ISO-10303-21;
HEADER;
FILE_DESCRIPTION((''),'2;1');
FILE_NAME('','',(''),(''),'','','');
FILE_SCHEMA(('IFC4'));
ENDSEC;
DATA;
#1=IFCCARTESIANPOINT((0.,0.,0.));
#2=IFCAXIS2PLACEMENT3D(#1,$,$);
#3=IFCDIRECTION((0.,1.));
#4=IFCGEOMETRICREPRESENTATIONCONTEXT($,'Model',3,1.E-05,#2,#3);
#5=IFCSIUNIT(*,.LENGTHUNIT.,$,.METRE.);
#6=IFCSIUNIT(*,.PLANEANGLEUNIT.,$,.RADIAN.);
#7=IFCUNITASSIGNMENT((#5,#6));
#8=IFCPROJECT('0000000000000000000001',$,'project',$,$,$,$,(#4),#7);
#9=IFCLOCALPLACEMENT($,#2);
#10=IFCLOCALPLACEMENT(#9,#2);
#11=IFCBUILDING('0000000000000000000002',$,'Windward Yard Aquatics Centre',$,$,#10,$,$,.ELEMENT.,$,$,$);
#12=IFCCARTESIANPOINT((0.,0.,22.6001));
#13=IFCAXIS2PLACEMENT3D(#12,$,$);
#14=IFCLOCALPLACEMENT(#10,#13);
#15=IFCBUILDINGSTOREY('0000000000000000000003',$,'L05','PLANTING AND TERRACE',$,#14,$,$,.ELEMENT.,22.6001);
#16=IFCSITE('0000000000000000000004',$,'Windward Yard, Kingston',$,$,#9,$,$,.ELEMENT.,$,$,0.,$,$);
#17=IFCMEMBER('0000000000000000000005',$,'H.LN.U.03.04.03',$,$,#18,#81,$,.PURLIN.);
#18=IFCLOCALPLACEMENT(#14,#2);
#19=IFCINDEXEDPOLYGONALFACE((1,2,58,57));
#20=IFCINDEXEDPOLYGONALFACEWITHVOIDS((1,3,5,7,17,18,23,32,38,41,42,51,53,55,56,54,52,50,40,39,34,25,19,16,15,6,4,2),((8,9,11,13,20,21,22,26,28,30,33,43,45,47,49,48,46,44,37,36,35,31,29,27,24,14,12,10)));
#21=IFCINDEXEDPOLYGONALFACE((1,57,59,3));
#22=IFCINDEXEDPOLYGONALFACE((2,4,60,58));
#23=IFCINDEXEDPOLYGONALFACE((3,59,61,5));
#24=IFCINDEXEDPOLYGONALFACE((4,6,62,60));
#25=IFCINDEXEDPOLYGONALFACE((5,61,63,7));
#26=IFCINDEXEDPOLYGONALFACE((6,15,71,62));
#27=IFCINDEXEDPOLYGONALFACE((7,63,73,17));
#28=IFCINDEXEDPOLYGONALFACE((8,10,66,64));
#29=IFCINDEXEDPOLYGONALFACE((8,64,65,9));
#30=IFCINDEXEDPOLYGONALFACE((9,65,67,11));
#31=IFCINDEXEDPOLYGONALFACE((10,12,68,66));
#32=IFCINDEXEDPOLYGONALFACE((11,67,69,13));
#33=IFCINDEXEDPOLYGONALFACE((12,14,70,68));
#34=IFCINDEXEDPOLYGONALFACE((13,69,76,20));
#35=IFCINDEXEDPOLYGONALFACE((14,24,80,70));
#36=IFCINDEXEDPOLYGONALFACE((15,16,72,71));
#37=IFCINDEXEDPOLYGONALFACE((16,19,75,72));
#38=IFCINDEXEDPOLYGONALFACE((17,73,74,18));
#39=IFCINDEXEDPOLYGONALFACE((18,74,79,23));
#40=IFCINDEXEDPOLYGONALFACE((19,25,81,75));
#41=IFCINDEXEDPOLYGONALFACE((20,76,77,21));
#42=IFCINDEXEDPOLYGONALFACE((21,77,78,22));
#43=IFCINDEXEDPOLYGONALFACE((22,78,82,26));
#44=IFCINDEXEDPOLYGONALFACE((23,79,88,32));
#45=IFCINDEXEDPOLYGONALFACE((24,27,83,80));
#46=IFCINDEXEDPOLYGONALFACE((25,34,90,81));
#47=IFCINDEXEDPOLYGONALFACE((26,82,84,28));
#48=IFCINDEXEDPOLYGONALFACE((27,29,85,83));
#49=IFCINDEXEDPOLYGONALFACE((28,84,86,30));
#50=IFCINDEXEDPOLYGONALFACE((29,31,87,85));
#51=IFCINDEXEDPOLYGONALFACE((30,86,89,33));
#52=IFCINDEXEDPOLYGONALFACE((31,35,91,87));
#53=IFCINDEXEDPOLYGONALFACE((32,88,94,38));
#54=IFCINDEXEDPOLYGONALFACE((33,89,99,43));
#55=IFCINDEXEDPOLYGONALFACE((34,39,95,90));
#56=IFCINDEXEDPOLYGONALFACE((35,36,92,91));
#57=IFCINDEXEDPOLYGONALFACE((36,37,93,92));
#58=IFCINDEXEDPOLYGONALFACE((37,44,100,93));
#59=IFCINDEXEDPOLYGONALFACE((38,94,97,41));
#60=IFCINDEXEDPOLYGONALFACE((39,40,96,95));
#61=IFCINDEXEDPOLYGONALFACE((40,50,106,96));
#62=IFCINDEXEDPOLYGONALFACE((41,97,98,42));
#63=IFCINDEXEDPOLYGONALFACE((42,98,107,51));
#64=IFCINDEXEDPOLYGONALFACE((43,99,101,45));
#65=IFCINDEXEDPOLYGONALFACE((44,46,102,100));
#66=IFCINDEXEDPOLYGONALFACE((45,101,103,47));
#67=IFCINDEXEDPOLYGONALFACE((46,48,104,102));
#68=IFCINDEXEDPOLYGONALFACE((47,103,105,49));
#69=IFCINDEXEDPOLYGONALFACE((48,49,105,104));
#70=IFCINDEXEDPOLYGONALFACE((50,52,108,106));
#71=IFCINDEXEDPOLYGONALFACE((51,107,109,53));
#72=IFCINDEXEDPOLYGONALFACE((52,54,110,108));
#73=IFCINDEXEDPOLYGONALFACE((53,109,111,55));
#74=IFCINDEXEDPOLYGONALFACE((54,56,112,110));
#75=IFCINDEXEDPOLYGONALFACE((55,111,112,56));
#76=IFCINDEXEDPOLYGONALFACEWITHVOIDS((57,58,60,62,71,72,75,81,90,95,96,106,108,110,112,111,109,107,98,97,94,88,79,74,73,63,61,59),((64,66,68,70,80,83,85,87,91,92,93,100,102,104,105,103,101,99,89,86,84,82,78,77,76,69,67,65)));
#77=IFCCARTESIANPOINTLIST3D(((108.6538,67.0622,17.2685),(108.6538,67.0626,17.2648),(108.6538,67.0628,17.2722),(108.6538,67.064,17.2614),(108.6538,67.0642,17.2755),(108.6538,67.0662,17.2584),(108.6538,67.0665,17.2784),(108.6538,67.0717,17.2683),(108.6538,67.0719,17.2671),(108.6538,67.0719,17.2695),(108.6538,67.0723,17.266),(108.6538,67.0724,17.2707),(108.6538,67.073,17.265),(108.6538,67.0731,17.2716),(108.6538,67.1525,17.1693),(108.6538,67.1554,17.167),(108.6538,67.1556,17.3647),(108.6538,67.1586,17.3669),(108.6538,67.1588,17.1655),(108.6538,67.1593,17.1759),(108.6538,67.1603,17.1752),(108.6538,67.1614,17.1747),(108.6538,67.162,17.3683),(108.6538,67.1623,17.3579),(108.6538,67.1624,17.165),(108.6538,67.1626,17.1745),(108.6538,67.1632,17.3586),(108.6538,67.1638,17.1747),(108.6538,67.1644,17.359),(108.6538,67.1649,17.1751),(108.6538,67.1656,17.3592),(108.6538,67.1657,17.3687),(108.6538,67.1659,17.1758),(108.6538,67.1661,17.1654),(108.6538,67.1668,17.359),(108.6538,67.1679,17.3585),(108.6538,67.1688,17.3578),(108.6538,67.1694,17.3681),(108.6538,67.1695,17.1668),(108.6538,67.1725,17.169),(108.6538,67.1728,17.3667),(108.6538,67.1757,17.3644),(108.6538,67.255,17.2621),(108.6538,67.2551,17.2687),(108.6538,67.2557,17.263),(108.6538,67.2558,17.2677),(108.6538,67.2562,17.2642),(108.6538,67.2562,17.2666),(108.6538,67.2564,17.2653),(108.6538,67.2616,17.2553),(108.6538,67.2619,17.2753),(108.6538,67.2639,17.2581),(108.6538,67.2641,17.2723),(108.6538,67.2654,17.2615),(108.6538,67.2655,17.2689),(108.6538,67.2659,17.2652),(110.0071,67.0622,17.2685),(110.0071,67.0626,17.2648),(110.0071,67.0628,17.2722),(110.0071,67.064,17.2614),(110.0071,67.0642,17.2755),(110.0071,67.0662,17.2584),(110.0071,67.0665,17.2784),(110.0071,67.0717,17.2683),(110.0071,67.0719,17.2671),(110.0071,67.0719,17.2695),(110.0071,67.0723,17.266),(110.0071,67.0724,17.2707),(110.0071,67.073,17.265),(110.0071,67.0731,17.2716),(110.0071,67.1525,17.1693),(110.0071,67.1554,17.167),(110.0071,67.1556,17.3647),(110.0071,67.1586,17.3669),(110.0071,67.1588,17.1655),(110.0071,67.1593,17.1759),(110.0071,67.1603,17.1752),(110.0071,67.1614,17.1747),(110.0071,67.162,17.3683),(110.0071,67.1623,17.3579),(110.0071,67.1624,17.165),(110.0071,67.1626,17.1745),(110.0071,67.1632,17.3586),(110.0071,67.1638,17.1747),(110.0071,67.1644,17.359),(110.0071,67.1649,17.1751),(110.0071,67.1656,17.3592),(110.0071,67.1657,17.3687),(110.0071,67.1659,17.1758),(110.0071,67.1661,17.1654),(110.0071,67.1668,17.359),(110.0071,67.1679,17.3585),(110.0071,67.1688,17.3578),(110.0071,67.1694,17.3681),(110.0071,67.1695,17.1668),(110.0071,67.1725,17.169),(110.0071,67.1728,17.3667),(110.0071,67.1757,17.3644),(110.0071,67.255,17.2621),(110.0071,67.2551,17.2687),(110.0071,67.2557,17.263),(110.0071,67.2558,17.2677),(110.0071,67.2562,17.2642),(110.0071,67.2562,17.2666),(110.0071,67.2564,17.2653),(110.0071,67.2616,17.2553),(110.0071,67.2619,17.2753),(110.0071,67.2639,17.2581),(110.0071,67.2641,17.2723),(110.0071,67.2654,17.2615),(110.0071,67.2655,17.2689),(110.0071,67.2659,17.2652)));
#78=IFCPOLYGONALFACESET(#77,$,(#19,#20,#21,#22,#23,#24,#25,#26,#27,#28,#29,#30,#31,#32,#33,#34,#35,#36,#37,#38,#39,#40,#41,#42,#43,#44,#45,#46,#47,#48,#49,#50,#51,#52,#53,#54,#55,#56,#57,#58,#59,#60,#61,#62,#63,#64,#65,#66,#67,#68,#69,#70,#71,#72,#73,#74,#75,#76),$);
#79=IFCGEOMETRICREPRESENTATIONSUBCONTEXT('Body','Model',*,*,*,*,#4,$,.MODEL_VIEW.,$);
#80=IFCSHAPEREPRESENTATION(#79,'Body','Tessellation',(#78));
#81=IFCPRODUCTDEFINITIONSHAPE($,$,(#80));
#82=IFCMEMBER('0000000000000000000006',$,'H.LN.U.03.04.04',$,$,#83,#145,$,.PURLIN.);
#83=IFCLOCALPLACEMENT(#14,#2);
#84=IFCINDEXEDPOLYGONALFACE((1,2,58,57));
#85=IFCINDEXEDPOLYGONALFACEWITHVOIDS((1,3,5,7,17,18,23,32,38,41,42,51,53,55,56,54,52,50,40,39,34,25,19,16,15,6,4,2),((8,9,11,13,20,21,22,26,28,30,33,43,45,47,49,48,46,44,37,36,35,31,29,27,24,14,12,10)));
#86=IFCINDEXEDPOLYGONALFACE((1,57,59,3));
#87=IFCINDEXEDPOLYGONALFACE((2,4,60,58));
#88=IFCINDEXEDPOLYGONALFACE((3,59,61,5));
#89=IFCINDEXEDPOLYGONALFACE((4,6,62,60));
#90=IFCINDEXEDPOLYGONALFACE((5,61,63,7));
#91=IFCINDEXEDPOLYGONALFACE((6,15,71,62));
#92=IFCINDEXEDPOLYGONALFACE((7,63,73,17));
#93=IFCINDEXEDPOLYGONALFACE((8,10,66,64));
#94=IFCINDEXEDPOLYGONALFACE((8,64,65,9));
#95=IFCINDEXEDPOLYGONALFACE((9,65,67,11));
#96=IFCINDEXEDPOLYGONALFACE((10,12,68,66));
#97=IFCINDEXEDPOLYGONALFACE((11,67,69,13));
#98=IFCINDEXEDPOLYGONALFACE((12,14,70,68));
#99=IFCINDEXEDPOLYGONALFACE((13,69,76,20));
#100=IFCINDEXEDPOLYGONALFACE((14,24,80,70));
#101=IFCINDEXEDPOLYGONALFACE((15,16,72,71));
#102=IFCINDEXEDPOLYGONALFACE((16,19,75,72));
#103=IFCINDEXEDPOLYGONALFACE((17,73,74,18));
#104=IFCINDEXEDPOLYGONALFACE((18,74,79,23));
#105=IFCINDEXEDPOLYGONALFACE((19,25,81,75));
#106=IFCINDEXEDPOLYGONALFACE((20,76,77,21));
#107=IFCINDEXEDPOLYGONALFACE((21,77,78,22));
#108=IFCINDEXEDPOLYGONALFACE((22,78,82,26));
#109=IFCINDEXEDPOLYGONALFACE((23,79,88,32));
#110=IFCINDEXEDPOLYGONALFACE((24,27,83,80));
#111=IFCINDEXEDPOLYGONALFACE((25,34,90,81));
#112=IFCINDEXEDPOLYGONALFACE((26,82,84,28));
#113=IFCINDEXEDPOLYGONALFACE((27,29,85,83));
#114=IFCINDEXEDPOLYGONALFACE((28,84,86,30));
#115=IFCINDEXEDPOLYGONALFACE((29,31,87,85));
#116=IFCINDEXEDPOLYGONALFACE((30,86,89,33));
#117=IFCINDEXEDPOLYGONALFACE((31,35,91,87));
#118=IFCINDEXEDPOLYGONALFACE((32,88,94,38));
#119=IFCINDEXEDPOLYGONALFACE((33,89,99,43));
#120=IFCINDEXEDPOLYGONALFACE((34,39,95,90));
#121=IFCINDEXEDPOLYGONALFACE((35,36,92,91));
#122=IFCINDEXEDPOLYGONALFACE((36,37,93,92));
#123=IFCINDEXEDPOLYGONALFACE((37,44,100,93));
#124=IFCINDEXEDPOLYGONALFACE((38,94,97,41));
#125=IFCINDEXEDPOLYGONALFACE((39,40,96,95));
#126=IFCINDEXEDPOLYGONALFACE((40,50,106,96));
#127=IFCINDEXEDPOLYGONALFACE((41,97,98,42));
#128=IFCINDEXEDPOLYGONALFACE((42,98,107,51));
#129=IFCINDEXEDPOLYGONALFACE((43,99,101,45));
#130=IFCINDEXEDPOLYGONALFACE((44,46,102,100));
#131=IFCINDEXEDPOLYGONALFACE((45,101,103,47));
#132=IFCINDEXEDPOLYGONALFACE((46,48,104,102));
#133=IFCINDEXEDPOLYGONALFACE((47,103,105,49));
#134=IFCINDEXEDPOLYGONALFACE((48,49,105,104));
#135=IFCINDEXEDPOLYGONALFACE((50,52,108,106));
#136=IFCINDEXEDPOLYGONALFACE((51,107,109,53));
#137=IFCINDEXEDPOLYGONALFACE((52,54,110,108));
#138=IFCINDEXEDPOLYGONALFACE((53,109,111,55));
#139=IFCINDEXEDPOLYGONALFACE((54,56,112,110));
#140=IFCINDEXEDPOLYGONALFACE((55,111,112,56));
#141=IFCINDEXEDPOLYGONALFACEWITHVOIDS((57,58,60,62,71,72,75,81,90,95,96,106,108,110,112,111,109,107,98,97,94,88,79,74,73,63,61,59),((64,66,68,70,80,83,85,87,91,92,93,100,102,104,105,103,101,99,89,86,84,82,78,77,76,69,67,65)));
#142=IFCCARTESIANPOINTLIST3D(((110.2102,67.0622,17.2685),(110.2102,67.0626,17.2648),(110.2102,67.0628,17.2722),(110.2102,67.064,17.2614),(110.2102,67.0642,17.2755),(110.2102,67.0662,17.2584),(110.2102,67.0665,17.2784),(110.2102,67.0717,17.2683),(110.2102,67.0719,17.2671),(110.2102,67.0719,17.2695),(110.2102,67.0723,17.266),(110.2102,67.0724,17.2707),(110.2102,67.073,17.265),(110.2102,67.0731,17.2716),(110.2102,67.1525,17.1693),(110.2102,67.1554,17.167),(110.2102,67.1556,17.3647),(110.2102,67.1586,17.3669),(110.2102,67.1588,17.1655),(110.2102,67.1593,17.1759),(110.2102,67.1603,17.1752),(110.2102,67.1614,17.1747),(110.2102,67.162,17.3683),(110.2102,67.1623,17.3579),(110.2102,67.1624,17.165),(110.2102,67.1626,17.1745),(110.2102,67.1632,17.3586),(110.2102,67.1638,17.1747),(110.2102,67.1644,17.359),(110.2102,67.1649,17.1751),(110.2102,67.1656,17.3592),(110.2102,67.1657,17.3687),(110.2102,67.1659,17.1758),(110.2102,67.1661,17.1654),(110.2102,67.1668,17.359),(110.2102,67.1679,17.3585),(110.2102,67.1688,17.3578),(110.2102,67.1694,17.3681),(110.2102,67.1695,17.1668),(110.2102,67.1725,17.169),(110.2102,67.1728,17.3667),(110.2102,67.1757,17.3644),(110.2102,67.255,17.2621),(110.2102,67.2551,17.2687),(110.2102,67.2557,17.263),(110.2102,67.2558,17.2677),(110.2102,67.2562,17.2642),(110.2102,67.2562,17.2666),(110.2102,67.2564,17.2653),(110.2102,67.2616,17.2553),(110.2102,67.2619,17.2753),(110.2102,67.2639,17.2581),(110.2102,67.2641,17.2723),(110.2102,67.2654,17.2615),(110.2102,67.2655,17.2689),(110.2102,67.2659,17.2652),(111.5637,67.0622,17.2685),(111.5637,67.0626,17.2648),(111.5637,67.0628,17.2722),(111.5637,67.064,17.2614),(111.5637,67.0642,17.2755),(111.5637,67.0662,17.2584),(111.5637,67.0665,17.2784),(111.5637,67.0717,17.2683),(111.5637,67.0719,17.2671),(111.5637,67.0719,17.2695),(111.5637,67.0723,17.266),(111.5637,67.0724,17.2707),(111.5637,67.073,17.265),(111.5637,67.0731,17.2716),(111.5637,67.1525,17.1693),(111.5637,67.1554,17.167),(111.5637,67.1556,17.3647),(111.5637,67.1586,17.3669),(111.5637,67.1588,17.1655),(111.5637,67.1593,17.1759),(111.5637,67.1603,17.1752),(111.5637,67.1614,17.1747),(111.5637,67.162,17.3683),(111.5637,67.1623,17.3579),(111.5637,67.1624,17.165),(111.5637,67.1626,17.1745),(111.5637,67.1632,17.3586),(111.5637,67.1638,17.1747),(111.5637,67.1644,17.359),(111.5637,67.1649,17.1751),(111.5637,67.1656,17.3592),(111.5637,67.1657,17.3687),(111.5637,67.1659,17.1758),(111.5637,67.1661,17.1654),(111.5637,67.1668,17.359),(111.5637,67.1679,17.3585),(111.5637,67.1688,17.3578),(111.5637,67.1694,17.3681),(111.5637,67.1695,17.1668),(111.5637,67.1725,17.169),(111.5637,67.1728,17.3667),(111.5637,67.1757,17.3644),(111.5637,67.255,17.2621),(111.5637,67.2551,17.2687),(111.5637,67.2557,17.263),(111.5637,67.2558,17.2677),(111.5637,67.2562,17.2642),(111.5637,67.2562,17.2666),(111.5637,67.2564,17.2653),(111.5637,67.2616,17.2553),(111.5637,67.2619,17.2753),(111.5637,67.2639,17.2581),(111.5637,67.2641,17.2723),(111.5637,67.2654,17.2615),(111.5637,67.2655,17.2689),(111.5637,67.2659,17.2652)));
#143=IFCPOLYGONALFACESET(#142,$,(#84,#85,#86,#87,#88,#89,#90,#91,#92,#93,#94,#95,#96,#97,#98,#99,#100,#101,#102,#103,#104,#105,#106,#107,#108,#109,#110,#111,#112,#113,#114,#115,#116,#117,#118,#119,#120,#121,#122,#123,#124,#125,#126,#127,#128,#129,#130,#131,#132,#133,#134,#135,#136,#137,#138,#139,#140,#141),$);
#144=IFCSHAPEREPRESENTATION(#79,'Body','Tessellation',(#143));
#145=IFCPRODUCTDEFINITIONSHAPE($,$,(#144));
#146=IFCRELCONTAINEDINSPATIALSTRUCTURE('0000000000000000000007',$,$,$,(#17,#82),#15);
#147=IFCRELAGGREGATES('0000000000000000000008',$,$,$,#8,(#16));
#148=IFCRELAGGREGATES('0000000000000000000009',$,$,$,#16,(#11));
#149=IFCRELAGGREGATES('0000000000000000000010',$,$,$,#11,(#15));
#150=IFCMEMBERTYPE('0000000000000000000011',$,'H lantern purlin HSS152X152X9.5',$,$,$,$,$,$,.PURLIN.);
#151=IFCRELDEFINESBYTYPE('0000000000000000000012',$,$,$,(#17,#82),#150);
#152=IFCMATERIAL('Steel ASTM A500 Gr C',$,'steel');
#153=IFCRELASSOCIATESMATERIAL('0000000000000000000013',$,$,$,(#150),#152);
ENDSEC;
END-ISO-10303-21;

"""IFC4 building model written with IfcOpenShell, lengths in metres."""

from ifc_helpers import new_model, si_unit, direction, frame, origin, origin_2d, place, context, subcontext, project, spatial, hollow_rectangle, extrude, material, material_profile, profile_set, type_object, element, save


model = new_model("IFC4")

# Units and contexts
model_context = context("Model", 3, precision=1e-05, world=origin(), true_north=direction((0.0, 1.0)))
body_context = subcontext(model_context, "Body", "Model", "MODEL_VIEW")
ifc_project = project(units=[si_unit("LENGTHUNIT", "METRE"), si_unit("PLANEANGLEUNIT", "RADIAN")], contexts=[model_context])

# Site, building, storey
site_placement = place(None, origin())
site = spatial("IfcSite", under=ifc_project, at=site_placement, Name="Windward Yard, Kingston", CompositionType="ELEMENT", RefElevation=0.0)
building_placement = place(site_placement, origin())
building = spatial("IfcBuilding", under=site, at=building_placement, Name="Windward Yard Aquatics Centre", CompositionType="ELEMENT")
storey_placement = place(building_placement, frame((0.0, 0.0, 22.6001)))
storey = spatial("IfcBuildingStorey", under=building, at=storey_placement, Name="L05", Description="PLANTING AND TERRACE", CompositionType="ELEMENT", Elevation=22.6001)

# Members
ifc_material_1 = material(Name="Steel ASTM A500 Gr C", Category="steel")
ifc_material_profile = material_profile(ifc_material_1, hollow_rectangle(XDim=0.1523, YDim=0.1523, WallThickness=0.0095, InnerFilletRadius=0.0046, OuterFilletRadius=0.0142, at=origin_2d()), Name="HSS152X152X9.5")
ifc_profile_set = profile_set([ifc_material_profile], Name="Steel ASTM A500 Gr C")
member_type = type_object("IfcMemberType", Name="H lantern purlin HSS152X152X9.5", PredefinedType="PURLIN", material=ifc_profile_set)
for number, where, z_axis, x_axis, name in (
    (1, (108.6538, 67.1641, 17.2668), (1.0, 0.0, 0.0), (0.0, 0.69555, -0.718477), "H.LN.U.03.04.03"),
):
    element("IfcMember", number, at=place(storey_placement, frame(where, z_axis=z_axis, x_axis=x_axis)), inside=storey, type_object=member_type, Name=name, PredefinedType="PURLIN", context=body_context, shape_type="SweptSolid", body=[
        extrude(hollow_rectangle(XDim=0.1523, YDim=0.1523, WallThickness=0.0095, InnerFilletRadius=0.0046, OuterFilletRadius=0.0142, at=origin_2d()), origin(), (0.0, 0.0, 1.0), 1.3533),
    ])
member_1_placement = place(storey_placement, frame((110.2102, 67.1641, 17.2668), z_axis=(1.0, 0.0, 0.0), x_axis=(0.0, 0.69555, -0.718477)))
element("IfcMember", 2, at=member_1_placement, inside=storey, type_object=member_type, Name="H.LN.U.03.04.04", PredefinedType="PURLIN", context=body_context, shape_type="SweptSolid", body=[
    extrude(hollow_rectangle(XDim=0.1523, YDim=0.1523, WallThickness=0.0095, InnerFilletRadius=0.0046, OuterFilletRadius=0.0142, at=origin_2d()), origin(), (0.0, 0.0, 1.0), 1.3535),
])

save(model, "model.ifc")
